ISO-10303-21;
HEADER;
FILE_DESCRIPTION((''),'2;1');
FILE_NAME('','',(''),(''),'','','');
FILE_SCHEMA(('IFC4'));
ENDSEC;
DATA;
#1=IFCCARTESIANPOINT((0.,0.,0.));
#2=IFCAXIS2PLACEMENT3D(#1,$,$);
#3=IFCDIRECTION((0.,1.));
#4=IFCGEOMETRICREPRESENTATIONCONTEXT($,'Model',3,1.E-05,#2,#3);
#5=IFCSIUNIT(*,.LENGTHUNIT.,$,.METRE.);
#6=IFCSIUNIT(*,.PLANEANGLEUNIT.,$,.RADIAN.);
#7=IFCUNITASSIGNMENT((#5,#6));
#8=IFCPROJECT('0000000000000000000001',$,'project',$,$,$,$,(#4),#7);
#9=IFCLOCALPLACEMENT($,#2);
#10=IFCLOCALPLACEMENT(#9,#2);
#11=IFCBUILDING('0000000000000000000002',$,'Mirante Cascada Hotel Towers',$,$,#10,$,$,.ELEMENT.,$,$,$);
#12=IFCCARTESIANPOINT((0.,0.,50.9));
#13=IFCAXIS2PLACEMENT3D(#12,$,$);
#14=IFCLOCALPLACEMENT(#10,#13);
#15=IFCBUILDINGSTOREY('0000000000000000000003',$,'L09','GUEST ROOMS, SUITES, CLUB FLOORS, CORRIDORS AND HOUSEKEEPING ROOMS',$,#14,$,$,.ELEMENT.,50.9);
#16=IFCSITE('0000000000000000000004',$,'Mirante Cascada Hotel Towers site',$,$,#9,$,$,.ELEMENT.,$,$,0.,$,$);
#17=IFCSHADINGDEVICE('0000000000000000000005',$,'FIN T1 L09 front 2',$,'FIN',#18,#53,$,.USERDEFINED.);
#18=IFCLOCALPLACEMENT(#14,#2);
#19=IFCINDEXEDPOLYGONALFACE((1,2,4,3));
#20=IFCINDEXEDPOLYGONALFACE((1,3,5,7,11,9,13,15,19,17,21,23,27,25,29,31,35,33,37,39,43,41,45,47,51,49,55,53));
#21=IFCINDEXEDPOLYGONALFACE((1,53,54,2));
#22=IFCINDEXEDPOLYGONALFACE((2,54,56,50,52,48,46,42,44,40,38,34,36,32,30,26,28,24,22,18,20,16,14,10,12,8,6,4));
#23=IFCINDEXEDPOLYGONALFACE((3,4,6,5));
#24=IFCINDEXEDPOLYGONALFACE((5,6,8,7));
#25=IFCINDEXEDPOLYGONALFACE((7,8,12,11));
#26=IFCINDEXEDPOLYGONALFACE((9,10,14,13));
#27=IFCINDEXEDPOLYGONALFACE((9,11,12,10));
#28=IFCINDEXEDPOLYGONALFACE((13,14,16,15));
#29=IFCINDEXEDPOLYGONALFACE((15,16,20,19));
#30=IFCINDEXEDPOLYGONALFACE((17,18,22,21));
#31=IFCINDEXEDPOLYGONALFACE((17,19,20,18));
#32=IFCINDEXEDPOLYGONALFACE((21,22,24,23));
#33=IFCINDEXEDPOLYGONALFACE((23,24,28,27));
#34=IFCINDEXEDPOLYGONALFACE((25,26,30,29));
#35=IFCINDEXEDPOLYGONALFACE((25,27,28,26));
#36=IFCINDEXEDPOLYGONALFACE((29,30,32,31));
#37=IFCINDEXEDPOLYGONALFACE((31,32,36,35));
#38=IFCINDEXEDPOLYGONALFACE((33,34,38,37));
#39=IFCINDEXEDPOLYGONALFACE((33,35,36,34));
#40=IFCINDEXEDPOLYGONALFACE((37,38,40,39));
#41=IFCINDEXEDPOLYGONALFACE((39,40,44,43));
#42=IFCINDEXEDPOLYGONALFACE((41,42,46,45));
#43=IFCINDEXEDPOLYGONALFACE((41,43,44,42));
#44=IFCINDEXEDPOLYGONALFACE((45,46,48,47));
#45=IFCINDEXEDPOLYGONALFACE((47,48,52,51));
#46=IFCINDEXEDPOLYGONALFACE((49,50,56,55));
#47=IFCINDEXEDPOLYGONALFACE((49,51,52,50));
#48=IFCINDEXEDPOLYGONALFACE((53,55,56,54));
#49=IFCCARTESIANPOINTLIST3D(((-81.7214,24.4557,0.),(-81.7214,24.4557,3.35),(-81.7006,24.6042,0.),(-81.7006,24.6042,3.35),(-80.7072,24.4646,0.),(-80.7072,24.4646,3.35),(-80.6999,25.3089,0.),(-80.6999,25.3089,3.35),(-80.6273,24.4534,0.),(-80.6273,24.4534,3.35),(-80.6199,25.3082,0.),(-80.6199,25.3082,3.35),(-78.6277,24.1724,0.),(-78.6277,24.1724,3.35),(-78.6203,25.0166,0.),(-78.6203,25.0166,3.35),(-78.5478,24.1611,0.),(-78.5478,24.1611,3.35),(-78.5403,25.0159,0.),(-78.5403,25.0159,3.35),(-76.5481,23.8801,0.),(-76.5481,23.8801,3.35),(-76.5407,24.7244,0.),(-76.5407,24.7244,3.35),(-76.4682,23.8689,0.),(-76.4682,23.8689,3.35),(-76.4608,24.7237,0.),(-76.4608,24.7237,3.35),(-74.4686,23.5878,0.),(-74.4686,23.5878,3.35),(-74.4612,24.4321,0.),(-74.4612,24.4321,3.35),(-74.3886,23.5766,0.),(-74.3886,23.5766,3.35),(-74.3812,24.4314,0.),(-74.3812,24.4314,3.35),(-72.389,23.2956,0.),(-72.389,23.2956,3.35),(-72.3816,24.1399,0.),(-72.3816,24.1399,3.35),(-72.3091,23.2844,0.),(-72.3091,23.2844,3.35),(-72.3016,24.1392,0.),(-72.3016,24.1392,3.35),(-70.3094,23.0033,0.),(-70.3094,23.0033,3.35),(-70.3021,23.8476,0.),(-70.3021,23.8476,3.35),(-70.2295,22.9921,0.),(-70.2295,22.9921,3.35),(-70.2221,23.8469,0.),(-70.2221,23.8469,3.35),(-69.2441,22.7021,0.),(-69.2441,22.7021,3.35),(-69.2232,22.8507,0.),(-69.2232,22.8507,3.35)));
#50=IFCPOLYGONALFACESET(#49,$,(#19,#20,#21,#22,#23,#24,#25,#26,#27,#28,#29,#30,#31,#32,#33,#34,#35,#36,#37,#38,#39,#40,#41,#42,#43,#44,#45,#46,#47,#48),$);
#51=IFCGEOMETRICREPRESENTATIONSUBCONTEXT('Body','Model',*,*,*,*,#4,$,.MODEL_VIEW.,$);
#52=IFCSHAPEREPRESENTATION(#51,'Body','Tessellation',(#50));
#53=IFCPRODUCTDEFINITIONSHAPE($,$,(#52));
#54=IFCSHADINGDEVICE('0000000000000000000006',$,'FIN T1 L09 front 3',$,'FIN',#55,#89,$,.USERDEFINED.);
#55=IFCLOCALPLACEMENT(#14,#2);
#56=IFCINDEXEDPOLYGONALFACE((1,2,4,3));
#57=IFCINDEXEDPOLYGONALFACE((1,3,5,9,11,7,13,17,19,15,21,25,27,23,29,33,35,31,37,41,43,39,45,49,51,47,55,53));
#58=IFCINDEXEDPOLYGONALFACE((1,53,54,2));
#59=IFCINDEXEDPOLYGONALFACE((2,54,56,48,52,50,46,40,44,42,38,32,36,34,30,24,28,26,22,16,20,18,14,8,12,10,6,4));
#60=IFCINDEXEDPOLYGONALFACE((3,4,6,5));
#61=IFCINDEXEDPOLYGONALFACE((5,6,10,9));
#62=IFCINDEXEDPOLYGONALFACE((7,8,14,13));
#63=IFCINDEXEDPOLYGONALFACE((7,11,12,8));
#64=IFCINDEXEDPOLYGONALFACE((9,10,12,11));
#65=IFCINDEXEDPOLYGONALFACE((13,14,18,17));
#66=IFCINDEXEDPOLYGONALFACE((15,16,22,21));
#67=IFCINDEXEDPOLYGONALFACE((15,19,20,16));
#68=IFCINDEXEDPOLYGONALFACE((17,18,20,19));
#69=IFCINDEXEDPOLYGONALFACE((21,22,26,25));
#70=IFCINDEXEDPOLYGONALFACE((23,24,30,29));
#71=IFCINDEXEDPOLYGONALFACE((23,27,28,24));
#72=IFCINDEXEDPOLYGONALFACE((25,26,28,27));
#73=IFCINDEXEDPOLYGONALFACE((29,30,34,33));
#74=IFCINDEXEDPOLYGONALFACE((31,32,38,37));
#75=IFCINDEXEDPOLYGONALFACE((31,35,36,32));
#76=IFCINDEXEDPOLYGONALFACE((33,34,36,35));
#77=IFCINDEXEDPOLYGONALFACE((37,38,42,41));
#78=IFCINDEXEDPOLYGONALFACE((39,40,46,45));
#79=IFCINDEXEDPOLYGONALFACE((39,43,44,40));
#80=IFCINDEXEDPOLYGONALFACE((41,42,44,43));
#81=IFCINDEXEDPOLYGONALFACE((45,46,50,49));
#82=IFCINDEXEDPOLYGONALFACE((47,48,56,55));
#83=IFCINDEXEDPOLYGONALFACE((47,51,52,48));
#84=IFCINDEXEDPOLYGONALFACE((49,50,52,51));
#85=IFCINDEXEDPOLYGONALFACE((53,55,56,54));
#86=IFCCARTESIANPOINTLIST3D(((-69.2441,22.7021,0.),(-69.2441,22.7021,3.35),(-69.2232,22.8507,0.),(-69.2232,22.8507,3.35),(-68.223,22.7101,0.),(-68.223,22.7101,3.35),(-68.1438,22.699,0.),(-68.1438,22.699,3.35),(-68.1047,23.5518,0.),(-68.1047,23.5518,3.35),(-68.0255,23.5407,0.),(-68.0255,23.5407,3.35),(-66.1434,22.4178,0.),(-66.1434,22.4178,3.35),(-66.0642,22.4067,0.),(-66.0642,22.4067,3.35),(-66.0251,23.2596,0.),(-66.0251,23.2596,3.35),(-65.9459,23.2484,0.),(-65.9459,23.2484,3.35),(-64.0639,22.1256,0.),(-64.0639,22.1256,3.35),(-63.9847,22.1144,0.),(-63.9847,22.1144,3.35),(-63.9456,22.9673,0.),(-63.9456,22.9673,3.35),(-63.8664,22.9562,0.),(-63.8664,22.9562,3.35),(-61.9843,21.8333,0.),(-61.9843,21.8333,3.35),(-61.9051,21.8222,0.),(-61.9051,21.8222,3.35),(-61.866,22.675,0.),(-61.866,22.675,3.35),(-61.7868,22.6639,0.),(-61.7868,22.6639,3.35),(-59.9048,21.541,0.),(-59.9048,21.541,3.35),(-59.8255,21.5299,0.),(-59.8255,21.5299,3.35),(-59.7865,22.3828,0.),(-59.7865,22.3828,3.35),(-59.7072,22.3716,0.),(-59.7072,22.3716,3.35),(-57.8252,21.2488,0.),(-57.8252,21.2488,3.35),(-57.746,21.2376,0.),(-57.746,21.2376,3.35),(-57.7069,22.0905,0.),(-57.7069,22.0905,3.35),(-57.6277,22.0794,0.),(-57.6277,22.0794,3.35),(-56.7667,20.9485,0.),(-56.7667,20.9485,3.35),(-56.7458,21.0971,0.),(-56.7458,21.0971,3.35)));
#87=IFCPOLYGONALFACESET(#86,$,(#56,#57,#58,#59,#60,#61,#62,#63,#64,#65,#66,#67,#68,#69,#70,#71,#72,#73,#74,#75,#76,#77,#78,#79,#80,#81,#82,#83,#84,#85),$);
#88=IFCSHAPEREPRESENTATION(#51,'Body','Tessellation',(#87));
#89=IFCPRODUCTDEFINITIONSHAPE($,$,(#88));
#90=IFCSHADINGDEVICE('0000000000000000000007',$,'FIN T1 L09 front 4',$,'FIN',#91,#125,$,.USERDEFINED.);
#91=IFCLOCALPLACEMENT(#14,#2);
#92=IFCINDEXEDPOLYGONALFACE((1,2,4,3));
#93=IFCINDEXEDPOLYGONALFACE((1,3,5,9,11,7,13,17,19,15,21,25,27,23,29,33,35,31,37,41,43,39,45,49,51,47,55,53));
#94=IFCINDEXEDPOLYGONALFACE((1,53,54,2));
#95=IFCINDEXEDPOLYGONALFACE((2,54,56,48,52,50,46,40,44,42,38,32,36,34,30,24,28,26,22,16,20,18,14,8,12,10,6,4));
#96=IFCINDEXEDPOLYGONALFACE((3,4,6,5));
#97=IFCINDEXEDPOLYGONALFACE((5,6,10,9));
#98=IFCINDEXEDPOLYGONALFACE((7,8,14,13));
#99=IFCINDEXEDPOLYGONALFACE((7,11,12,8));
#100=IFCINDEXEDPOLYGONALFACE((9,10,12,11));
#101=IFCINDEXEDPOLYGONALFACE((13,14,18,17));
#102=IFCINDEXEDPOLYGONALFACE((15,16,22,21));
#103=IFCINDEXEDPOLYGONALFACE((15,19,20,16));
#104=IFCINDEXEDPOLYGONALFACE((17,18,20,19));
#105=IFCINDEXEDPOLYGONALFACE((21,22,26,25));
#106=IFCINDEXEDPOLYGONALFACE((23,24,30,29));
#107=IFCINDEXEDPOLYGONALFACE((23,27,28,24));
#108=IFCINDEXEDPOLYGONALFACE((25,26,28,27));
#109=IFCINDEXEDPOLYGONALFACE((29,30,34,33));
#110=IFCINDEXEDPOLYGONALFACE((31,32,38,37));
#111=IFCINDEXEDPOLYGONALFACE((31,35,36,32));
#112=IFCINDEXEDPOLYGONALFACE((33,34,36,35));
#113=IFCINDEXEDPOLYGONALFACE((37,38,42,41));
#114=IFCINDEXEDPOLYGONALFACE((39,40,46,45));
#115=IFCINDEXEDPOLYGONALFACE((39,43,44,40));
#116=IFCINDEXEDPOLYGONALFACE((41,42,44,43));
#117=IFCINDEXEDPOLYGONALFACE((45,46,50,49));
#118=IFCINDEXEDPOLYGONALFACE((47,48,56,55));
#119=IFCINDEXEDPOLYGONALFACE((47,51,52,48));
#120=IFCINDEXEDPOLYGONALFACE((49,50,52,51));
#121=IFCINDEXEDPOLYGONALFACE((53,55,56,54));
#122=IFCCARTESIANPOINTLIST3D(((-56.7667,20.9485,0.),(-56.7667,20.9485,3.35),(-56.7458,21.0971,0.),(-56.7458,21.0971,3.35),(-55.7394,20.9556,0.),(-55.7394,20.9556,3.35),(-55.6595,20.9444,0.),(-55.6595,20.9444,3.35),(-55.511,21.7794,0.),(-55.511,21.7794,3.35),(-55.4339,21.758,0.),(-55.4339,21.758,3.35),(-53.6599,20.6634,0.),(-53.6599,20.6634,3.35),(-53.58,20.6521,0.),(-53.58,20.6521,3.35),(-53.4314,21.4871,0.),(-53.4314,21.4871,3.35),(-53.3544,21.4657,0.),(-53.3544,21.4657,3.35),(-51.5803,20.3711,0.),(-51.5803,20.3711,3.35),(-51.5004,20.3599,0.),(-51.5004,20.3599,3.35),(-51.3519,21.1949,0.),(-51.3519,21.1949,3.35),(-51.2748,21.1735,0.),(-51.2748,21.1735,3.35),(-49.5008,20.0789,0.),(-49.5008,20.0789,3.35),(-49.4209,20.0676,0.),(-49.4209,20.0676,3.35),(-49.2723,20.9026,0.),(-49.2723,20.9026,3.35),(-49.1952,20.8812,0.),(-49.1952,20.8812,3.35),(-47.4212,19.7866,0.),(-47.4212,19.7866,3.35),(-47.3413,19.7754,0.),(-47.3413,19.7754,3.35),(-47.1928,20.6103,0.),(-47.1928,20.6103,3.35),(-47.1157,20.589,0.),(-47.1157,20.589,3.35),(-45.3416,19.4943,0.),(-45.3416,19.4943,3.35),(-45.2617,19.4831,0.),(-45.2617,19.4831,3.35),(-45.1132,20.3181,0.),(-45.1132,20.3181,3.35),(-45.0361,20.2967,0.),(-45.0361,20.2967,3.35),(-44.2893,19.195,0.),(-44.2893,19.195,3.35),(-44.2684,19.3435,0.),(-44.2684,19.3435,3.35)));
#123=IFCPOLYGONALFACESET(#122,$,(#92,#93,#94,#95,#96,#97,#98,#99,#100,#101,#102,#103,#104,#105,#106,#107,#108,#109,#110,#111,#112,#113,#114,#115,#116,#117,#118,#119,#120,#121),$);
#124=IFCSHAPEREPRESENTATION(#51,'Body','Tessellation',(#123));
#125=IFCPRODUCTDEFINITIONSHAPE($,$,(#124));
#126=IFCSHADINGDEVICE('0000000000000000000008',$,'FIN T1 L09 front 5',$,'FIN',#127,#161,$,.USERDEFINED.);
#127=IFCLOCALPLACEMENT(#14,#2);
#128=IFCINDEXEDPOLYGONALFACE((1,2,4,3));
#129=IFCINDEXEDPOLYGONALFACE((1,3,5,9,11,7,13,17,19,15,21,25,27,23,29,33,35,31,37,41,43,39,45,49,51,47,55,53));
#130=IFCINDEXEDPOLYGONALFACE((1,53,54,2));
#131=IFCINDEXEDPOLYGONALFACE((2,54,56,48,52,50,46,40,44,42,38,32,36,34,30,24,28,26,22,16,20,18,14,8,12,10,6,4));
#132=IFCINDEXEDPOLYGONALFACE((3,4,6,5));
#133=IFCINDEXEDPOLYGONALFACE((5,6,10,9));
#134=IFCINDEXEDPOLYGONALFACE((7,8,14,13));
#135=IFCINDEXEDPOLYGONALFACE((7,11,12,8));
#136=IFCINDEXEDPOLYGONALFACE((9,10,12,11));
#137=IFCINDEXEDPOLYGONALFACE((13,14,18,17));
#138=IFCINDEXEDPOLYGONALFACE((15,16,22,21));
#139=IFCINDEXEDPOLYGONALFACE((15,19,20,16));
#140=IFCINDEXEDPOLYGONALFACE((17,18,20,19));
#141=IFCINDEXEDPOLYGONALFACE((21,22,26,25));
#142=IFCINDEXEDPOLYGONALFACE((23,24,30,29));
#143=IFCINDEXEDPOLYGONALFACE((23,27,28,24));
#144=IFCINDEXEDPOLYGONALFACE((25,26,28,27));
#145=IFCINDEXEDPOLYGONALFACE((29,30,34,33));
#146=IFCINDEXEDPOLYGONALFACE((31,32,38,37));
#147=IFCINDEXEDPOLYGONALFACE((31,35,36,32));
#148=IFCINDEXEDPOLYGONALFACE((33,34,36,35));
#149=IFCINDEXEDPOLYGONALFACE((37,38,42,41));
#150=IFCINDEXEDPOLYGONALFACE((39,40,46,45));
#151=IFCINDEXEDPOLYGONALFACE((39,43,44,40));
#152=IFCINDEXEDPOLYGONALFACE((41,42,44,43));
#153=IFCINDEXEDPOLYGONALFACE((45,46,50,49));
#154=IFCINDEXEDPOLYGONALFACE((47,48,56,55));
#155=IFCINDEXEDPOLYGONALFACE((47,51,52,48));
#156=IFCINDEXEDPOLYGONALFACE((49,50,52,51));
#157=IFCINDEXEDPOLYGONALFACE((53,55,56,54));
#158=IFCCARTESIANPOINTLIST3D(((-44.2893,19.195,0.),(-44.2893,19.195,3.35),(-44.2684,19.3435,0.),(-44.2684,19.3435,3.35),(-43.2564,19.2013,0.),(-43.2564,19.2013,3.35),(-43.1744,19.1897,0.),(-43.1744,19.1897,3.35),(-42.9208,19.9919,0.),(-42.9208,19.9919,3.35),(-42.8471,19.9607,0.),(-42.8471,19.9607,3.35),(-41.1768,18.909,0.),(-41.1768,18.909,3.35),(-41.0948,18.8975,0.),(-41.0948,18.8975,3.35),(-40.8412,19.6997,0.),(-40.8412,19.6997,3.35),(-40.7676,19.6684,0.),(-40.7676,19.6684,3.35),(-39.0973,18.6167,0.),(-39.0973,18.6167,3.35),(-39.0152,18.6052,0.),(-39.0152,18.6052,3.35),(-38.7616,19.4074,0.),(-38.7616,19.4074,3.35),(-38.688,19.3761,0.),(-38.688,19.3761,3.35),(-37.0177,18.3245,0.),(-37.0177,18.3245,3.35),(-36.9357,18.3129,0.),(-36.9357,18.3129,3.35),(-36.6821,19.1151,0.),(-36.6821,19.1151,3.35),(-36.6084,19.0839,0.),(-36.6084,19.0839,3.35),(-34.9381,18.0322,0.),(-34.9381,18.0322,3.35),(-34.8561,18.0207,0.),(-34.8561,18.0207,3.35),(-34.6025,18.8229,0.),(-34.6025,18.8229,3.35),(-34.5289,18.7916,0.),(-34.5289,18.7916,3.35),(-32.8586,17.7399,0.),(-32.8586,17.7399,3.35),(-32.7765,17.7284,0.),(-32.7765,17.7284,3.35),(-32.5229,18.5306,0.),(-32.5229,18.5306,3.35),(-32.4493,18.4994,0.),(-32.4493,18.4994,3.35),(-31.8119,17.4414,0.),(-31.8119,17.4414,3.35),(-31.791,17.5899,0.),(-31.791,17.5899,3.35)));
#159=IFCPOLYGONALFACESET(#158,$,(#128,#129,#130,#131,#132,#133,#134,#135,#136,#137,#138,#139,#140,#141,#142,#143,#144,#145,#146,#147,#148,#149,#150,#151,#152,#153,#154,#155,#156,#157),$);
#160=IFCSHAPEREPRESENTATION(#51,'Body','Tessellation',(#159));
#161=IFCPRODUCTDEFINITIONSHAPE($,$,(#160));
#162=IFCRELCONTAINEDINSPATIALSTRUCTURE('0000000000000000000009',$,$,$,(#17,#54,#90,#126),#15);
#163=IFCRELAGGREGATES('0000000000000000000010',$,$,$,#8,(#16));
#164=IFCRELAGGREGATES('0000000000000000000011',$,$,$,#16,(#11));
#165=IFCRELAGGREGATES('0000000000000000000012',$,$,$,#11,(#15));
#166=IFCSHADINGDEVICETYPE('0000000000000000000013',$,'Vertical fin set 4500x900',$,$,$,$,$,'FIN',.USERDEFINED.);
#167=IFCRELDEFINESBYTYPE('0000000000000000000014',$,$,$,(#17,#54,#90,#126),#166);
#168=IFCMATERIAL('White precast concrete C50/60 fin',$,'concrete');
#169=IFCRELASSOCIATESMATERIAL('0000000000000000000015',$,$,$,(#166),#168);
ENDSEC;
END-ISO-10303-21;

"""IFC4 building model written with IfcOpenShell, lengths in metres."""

from ifc_helpers import new_model, si_unit, direction, frame, origin, place, context, subcontext, project, spatial, polyline, outline, extrude, material, type_object, element, save


model = new_model("IFC4")

# Units and contexts
model_context = context("Model", 3, precision=1e-05, world=origin(), true_north=direction((0.0, 1.0)))
body_context = subcontext(model_context, "Body", "Model", "MODEL_VIEW")
ifc_project = project(units=[si_unit("LENGTHUNIT", "METRE"), si_unit("PLANEANGLEUNIT", "RADIAN")], contexts=[model_context])

# Site, building, storey
site_placement = place(None, origin())
site = spatial("IfcSite", under=ifc_project, at=site_placement, Name="Mirante Cascada Hotel Towers site", CompositionType="ELEMENT", RefElevation=0.0)
building_placement = place(site_placement, origin())
building = spatial("IfcBuilding", under=site, at=building_placement, Name="Mirante Cascada Hotel Towers", CompositionType="ELEMENT")
storey_placement = place(building_placement, frame((0.0, 0.0, 50.9)))
storey = spatial("IfcBuildingStorey", under=building, at=storey_placement, Name="L09", Description="GUEST ROOMS, SUITES, CLUB FLOORS, CORRIDORS AND HOUSEKEEPING ROOMS", CompositionType="ELEMENT", Elevation=50.9)

# Shading devices
ifc_material_1 = material(Name="White precast concrete C50/60 fin", Category="concrete")
shading_device_type = type_object("IfcShadingDeviceType", Name="Vertical fin set 4500x900", ElementType="FIN", PredefinedType="USERDEFINED", material=ifc_material_1)
shading_device_1_placement = place(storey_placement, origin())
element("IfcShadingDevice", 1, at=shading_device_1_placement, inside=storey, type_object=shading_device_type, Name="FIN T1 L09 front 2", ObjectType="FIN", PredefinedType="USERDEFINED", context=body_context, shape_type="SweptSolid", body=[
    extrude(outline(polyline([(-70.2221, 23.8469), (-70.2295, 22.9921), (-69.2232, 22.8507), (-69.2441, 22.7021), (-81.7214, 24.4557), (-81.7006, 24.6042), (-80.7072, 24.4646), (-80.6999, 25.3089), (-80.6199, 25.3082), (-80.6273, 24.4534), (-78.6277, 24.1724), (-78.6203, 25.0166), (-78.5403, 25.0159), (-78.5478, 24.1611), (-76.5481, 23.8801), (-76.5407, 24.7244), (-76.4608, 24.7237), (-76.4682, 23.8689), (-74.4686, 23.5878), (-74.4612, 24.4321), (-74.3812, 24.4314), (-74.3886, 23.5766), (-72.389, 23.2956), (-72.3816, 24.1399), (-72.3016, 24.1392), (-72.3091, 23.2844), (-70.3094, 23.0033), (-70.3021, 23.8476), (-70.2221, 23.8469)])), origin(), (0.0, 0.0, 1.0), 3.35),
])
shading_device_2_placement = place(storey_placement, origin())
element("IfcShadingDevice", 2, at=shading_device_2_placement, inside=storey, type_object=shading_device_type, Name="FIN T1 L09 front 3", ObjectType="FIN", PredefinedType="USERDEFINED", context=body_context, shape_type="SweptSolid", body=[
    extrude(outline(polyline([(-57.6277, 22.0794), (-57.746, 21.2376), (-56.7458, 21.0971), (-56.7667, 20.9485), (-69.2441, 22.7021), (-69.2232, 22.8507), (-68.223, 22.7101), (-68.1047, 23.5518), (-68.0255, 23.5407), (-68.1438, 22.699), (-66.1434, 22.4178), (-66.0251, 23.2596), (-65.9459, 23.2484), (-66.0642, 22.4067), (-64.0639, 22.1256), (-63.9456, 22.9673), (-63.8664, 22.9562), (-63.9847, 22.1144), (-61.9843, 21.8333), (-61.866, 22.675), (-61.7868, 22.6639), (-61.9051, 21.8222), (-59.9048, 21.541), (-59.7865, 22.3828), (-59.7072, 22.3716), (-59.8255, 21.5299), (-57.8252, 21.2488), (-57.7069, 22.0905), (-57.6277, 22.0794)])), origin(), (0.0, 0.0, 1.0), 3.35),
])
shading_device_3_placement = place(storey_placement, origin())
element("IfcShadingDevice", 3, at=shading_device_3_placement, inside=storey, type_object=shading_device_type, Name="FIN T1 L09 front 4", ObjectType="FIN", PredefinedType="USERDEFINED", context=body_context, shape_type="SweptSolid", body=[
    extrude(outline(polyline([(-45.0361, 20.2967), (-45.2617, 19.4831), (-44.2684, 19.3435), (-44.2893, 19.195), (-56.7667, 20.9485), (-56.7458, 21.0971), (-55.7394, 20.9556), (-55.511, 21.7794), (-55.4339, 21.758), (-55.6595, 20.9444), (-53.6599, 20.6634), (-53.4314, 21.4871), (-53.3544, 21.4657), (-53.58, 20.6521), (-51.5803, 20.3711), (-51.3519, 21.1949), (-51.2748, 21.1735), (-51.5004, 20.3599), (-49.5008, 20.0789), (-49.2723, 20.9026), (-49.1952, 20.8812), (-49.4209, 20.0676), (-47.4212, 19.7866), (-47.1928, 20.6103), (-47.1157, 20.589), (-47.3413, 19.7754), (-45.3416, 19.4943), (-45.1132, 20.3181), (-45.0361, 20.2967)])), origin(), (0.0, 0.0, 1.0), 3.35),
])
shading_device_4_placement = place(storey_placement, origin())
element("IfcShadingDevice", 4, at=shading_device_4_placement, inside=storey, type_object=shading_device_type, Name="FIN T1 L09 front 5", ObjectType="FIN", PredefinedType="USERDEFINED", context=body_context, shape_type="SweptSolid", body=[
    extrude(outline(polyline([(-32.4493, 18.4994), (-32.7765, 17.7284), (-31.791, 17.5899), (-31.8119, 17.4414), (-44.2893, 19.195), (-44.2684, 19.3435), (-43.2564, 19.2013), (-42.9208, 19.9919), (-42.8471, 19.9607), (-43.1744, 19.1897), (-41.1768, 18.909), (-40.8412, 19.6997), (-40.7676, 19.6684), (-41.0948, 18.8975), (-39.0973, 18.6167), (-38.7616, 19.4074), (-38.688, 19.3761), (-39.0152, 18.6052), (-37.0177, 18.3245), (-36.6821, 19.1151), (-36.6084, 19.0839), (-36.9357, 18.3129), (-34.9381, 18.0322), (-34.6025, 18.8229), (-34.5289, 18.7916), (-34.8561, 18.0207), (-32.8586, 17.7399), (-32.5229, 18.5306), (-32.4493, 18.4994)])), origin(), (0.0, 0.0, 1.0), 3.35),
])

save(model, "model.ifc")
